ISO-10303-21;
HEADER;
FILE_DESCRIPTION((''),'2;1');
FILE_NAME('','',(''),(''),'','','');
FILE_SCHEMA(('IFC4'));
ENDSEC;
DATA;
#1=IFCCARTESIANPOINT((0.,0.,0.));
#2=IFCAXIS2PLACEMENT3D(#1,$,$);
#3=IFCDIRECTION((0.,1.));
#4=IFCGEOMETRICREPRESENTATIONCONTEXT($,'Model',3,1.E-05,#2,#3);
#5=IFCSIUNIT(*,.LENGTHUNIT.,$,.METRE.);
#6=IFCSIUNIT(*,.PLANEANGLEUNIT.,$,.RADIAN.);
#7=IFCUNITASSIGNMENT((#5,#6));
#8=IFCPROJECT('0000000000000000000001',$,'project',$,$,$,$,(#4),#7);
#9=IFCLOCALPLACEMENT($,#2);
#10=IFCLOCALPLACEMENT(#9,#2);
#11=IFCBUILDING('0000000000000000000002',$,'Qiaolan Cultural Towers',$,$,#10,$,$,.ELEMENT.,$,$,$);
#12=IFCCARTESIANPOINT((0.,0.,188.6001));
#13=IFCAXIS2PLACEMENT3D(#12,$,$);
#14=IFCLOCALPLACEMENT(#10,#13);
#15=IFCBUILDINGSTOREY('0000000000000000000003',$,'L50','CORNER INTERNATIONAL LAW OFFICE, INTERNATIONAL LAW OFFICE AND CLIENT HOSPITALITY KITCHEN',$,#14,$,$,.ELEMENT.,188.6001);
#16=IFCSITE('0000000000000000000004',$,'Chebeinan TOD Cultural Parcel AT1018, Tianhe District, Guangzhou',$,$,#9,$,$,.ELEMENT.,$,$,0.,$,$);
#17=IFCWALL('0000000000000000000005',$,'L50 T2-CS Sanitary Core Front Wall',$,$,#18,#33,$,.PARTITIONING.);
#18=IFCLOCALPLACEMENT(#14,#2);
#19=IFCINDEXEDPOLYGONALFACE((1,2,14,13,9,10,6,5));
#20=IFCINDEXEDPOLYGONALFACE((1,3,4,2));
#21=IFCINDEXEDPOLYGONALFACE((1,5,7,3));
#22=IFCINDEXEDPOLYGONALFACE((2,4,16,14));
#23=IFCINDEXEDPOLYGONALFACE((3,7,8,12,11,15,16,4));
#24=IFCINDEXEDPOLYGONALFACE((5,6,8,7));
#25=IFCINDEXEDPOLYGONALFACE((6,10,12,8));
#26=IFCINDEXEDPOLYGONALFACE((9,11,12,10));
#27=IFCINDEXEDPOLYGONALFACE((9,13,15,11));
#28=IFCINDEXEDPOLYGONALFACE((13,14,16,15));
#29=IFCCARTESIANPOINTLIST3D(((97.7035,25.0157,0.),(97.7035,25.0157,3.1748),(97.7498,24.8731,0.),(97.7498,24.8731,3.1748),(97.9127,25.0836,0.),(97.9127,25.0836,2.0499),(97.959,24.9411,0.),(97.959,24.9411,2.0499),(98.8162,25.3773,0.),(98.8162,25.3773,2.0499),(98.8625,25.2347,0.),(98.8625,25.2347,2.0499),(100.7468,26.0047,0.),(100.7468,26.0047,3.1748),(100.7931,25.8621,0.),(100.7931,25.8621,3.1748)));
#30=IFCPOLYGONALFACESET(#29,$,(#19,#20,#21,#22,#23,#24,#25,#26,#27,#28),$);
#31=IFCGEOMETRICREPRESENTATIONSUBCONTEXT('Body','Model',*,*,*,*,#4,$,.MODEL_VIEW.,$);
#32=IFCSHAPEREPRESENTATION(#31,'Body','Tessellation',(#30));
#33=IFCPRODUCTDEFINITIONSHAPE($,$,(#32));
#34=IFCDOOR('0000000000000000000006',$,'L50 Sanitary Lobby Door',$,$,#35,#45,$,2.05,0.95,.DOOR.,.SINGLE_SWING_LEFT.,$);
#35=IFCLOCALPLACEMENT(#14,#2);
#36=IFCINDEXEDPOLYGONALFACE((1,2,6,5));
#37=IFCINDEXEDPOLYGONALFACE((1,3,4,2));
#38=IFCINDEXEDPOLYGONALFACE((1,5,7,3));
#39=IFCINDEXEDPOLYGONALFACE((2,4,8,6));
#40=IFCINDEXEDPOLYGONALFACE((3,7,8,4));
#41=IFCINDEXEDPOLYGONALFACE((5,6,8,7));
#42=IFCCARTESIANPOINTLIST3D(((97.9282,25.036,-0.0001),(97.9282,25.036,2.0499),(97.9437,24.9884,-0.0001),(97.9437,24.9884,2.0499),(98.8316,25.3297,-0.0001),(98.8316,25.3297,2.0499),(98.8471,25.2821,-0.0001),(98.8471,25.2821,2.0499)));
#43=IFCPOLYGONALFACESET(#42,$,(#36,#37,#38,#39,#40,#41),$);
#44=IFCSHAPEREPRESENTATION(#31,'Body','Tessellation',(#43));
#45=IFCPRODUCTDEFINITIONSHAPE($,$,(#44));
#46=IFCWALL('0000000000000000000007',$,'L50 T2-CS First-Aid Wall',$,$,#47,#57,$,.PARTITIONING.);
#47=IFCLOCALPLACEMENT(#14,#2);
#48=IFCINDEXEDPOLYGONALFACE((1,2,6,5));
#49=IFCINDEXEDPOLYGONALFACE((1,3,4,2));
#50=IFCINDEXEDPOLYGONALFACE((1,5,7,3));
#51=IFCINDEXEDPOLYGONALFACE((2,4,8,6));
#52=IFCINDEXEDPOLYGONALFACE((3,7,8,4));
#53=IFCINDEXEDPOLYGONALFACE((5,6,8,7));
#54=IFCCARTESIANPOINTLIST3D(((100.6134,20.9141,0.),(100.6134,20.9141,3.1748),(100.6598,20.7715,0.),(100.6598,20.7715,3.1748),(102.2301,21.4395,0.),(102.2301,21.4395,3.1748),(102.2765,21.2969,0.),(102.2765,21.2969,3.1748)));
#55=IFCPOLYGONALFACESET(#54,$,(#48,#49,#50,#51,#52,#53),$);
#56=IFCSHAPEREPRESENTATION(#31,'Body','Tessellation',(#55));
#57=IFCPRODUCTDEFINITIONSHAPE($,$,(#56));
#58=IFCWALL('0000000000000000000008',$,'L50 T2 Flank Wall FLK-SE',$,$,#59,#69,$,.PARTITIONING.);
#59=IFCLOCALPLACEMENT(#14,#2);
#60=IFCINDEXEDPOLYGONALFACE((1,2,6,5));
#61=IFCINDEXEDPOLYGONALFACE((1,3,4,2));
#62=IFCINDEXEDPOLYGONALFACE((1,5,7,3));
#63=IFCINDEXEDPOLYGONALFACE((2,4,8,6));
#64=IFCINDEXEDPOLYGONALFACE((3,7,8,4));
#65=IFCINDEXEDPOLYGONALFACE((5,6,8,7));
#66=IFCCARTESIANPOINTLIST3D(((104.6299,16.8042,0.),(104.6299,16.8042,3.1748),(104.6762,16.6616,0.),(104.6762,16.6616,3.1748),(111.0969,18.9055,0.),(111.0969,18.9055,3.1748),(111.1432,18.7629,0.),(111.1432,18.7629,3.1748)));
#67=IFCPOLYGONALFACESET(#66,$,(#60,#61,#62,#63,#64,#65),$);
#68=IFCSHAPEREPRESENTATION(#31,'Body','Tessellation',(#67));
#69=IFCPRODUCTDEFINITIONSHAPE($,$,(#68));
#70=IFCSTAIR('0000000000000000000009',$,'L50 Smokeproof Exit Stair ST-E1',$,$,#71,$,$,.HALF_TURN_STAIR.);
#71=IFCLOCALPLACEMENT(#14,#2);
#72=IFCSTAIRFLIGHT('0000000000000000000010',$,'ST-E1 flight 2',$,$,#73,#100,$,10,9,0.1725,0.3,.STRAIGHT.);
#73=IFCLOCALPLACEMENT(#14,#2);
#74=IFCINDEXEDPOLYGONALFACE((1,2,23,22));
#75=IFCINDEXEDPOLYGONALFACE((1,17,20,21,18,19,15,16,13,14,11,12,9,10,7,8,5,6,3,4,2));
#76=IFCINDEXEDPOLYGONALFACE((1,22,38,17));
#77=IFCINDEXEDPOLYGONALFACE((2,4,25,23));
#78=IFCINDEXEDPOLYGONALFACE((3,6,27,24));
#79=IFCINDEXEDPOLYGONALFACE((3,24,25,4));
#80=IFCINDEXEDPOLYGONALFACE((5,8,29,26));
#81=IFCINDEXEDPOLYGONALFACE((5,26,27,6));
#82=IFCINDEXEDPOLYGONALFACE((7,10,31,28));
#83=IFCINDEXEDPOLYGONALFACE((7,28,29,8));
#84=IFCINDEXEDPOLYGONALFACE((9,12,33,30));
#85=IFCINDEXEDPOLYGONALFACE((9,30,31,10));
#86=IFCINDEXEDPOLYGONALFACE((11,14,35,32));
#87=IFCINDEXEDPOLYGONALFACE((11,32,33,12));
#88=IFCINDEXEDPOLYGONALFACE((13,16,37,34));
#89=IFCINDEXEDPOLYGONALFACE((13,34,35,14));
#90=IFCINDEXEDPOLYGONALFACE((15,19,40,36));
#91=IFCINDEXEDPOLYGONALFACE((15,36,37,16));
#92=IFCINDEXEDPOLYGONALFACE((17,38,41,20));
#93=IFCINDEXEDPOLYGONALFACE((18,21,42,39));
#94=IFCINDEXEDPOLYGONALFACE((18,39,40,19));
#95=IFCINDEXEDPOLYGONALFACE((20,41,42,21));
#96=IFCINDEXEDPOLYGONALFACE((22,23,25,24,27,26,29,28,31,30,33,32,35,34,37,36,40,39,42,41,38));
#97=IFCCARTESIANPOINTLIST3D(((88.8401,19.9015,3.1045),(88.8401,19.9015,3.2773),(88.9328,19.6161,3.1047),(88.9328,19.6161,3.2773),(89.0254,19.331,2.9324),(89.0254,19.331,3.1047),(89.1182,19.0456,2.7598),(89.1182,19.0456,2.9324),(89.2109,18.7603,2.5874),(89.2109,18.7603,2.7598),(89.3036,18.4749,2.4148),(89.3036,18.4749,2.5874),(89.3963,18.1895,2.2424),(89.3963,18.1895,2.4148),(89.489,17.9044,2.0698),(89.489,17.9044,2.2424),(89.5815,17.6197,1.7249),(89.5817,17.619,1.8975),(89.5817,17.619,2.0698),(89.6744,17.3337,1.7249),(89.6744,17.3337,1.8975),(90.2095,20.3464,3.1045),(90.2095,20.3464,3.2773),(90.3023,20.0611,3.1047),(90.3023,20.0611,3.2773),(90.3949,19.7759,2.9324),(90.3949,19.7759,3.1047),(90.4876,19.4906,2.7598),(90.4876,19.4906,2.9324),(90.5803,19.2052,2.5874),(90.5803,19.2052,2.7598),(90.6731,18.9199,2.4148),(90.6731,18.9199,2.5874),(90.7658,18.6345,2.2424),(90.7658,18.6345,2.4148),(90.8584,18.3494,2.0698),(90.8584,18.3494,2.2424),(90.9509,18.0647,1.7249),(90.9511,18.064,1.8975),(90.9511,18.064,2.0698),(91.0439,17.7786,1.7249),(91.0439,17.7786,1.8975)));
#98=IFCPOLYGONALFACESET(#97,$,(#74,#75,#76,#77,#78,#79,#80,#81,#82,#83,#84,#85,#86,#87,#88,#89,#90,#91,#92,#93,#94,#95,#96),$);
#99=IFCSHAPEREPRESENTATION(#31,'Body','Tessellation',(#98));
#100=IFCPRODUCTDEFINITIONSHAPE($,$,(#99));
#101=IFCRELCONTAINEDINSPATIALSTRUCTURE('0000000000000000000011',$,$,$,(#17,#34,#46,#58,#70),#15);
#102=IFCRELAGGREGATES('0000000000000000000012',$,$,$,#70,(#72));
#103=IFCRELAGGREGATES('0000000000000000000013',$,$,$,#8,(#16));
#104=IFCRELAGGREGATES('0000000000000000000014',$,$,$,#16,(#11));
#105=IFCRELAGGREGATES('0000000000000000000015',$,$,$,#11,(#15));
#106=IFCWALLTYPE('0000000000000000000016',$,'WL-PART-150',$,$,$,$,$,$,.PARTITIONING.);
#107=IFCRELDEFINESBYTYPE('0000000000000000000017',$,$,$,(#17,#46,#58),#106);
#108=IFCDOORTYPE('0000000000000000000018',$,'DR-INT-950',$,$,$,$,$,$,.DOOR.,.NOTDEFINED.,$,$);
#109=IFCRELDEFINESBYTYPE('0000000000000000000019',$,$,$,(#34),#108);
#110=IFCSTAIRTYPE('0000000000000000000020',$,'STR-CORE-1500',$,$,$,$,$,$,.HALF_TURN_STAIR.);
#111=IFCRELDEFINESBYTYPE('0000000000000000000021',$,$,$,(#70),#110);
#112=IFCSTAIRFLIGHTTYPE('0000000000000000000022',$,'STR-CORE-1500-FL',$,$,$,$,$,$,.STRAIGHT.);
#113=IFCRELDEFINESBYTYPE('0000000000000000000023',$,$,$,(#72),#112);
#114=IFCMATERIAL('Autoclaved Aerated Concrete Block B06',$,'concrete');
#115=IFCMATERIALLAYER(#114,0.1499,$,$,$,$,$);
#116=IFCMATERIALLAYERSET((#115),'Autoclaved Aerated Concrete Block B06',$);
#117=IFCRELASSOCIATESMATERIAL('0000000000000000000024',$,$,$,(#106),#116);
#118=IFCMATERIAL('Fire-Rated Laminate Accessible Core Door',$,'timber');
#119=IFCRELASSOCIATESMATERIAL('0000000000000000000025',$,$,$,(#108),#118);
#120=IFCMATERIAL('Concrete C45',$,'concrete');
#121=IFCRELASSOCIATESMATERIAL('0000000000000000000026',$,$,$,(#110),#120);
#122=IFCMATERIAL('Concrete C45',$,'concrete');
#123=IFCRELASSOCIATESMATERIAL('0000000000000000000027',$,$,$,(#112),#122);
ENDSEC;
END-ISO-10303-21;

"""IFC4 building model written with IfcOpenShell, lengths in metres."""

from ifc_helpers import new_model, si_unit, direction, frame, frame_2d, origin, place, context, subcontext, project, spatial, polyline, rectangle, outline, extrude, material, layer, layer_set, type_object, element, fill, aggregate, save


model = new_model("IFC4")

# Units and contexts
model_context = context("Model", 3, precision=1e-05, world=origin(), true_north=direction((0.0, 1.0)))
body_context = subcontext(model_context, "Body", "Model", "MODEL_VIEW")
ifc_project = project(units=[si_unit("LENGTHUNIT", "METRE"), si_unit("PLANEANGLEUNIT", "RADIAN")], contexts=[model_context])

# Site, building, storey
site_placement = place(None, origin())
site = spatial("IfcSite", under=ifc_project, at=site_placement, Name="Chebeinan TOD Cultural Parcel AT1018, Tianhe District, Guangzhou", CompositionType="ELEMENT", RefElevation=0.0)
building_placement = place(site_placement, origin())
building = spatial("IfcBuilding", under=site, at=building_placement, Name="Qiaolan Cultural Towers", CompositionType="ELEMENT")
storey_placement = place(building_placement, frame((0.0, 0.0, 188.6001)))
storey = spatial("IfcBuildingStorey", under=building, at=storey_placement, Name="L50", Description="CORNER INTERNATIONAL LAW OFFICE, INTERNATIONAL LAW OFFICE AND CLIENT HOSPITALITY KITCHEN", CompositionType="ELEMENT", Elevation=188.6001)

# Shared definitions
ifc_material_1 = material(Name="Autoclaved Aerated Concrete Block B06", Category="concrete")
ifc_layer_1 = layer(ifc_material_1, 0.1499)
ifc_layer_set_1 = layer_set([ifc_layer_1], Name="Autoclaved Aerated Concrete Block B06")
wall_type_1 = type_object("IfcWallType", Name="WL-PART-150", PredefinedType="PARTITIONING", material=ifc_layer_set_1)

# Wall, opening, door
wall_1_placement = place(storey_placement, frame((97.7266, 24.9443, 0.0), z_axis=(0.0, 0.0, 1.0), x_axis=(0.951037, 0.309077, 0.0)))
wall_1 = element("IfcWall", 1, at=wall_1_placement, inside=storey, type_object=wall_type_1, Name="L50 T2-CS Sanitary Core Front Wall", PredefinedType="PARTITIONING", context=body_context, shape_type="SweptSolid", body=[
    extrude(rectangle(XDim=3.2, YDim=0.1499, at=frame_2d((1.6001, 0.0))), origin(), (0.0, 0.0, 1.0), 3.1748),
])
opening_1_placement = place(wall_1_placement, frame((0.22, 0.0, 0.0)))
opening_1 = element("IfcOpeningElement", 2, at=opening_1_placement, cuts=wall_1, PredefinedType="OPENING", context=body_context, shape_type="SweptSolid", body=[
    extrude(rectangle(XDim=0.95, YDim=2.05, at=frame_2d((0.4751, 1.0249))), frame((0.0, 0.085, 0.0), z_axis=(0.0, -1.0, 0.0), x_axis=(1.0, 0.0, 0.0)), (0.0, 0.0, 1.0), 0.1699),
])
ifc_material_2 = material(Name="Fire-Rated Laminate Accessible Core Door", Category="timber")
door_type_1 = type_object("IfcDoorType", Name="DR-INT-950", OperationType="NOTDEFINED", PredefinedType="DOOR", material=ifc_material_2)
door_1_placement = place(opening_1_placement, origin())
door_1 = element("IfcDoor", 3, at=door_1_placement, inside=storey, type_object=door_type_1, Name="L50 Sanitary Lobby Door", OperationType="SINGLE_SWING_LEFT", OverallHeight=2.05, OverallWidth=0.95, PredefinedType="DOOR", context=body_context, shape_type="SweptSolid", body=[
    extrude(rectangle(XDim=0.95, YDim=2.05, at=frame_2d((0.4751, 1.0249))), frame((0.0, 0.0249, 0.0), z_axis=(0.0, -1.0, 0.0), x_axis=(1.0, 0.0, 0.0)), (0.0, 0.0, 1.0), 0.05),
])
fill(opening_1, door_1)

# Walls
wall_2_placement = place(storey_placement, frame((100.6365, 20.8428, 0.0), z_axis=(0.0, 0.0, 1.0), x_axis=(0.95104, 0.309067, 0.0)))
element("IfcWall", 4, at=wall_2_placement, inside=storey, type_object=wall_type_1, Name="L50 T2-CS First-Aid Wall", PredefinedType="PARTITIONING", context=body_context, shape_type="SweptSolid", body=[
    extrude(rectangle(XDim=1.7, YDim=0.1499, at=frame_2d((0.8501, 0.0))), origin(), (0.0, 0.0, 1.0), 3.1748),
])
wall_3_placement = place(storey_placement, frame((104.6531, 16.7329, 0.0), z_axis=(0.0, 0.0, 1.0), x_axis=(0.951054, 0.309024, 0.0)))
element("IfcWall", 5, at=wall_3_placement, inside=storey, type_object=wall_type_1, Name="L50 T2 Flank Wall FLK-SE", PredefinedType="PARTITIONING", context=body_context, shape_type="SweptSolid", body=[
    extrude(rectangle(XDim=6.7998, YDim=0.1499, at=frame_2d((3.3999, 0.0))), origin(), (0.0, 0.0, 1.0), 3.1748),
])

# Stair, stair flight
ifc_material_3 = material(Name="Concrete C45", Category="concrete")
stair_type = type_object("IfcStairType", Name="STR-CORE-1500", PredefinedType="HALF_TURN_STAIR", material=ifc_material_3)
stair_placement = place(storey_placement, origin())
stair = element("IfcStair", 6, at=stair_placement, inside=storey, type_object=stair_type, Name="L50 Smokeproof Exit Stair ST-E1", PredefinedType="HALF_TURN_STAIR")
ifc_material_4 = material(Name="Concrete C45", Category="concrete")
stair_flight_type = type_object("IfcStairFlightType", Name="STR-CORE-1500-FL", PredefinedType="STRAIGHT", material=ifc_material_4)
stair_flight_placement = place(storey_placement, frame((90.3591, 17.5562, 1.7249), z_axis=(0.0, 0.0, 1.0), x_axis=(-0.309017, 0.951057, 0.0)))
stair_flight = element("IfcStairFlight", 7, at=stair_flight_placement, type_object=stair_flight_type, Name="ST-E1 flight 2", NumberOfRisers=10, NumberOfTreads=9, PredefinedType="STRAIGHT", RiserHeight=0.1725, TreadLength=0.3, context=body_context, shape_type="SweptSolid", body=[
    extrude(outline(polyline([(0.0, 0.0), (0.0, 0.1726), (0.3, 0.1726), (0.3, 0.345), (0.6001, 0.345), (0.6001, 0.5176), (0.8999, 0.5176), (0.8999, 0.6899), (1.2, 0.6899), (1.2, 0.8625), (1.5, 0.8625), (1.5, 1.0349), (1.8, 1.0349), (1.8, 1.2075), (2.1001, 1.2075), (2.1001, 1.3799), (2.3999, 1.3799), (2.3999, 1.5525), (2.7, 1.5525), (2.7, 1.7251), (2.7, 1.3796), (0.3008, 0.0), (0.0, 0.0)])), frame((0.0, 0.72, 0.0), z_axis=(0.0, -1.0, 0.0), x_axis=(1.0, 0.0, 0.0)), (0.0, 0.0, 1.0), 1.4399),
])
aggregate(stair, [stair_flight])

save(model, "model.ifc")
